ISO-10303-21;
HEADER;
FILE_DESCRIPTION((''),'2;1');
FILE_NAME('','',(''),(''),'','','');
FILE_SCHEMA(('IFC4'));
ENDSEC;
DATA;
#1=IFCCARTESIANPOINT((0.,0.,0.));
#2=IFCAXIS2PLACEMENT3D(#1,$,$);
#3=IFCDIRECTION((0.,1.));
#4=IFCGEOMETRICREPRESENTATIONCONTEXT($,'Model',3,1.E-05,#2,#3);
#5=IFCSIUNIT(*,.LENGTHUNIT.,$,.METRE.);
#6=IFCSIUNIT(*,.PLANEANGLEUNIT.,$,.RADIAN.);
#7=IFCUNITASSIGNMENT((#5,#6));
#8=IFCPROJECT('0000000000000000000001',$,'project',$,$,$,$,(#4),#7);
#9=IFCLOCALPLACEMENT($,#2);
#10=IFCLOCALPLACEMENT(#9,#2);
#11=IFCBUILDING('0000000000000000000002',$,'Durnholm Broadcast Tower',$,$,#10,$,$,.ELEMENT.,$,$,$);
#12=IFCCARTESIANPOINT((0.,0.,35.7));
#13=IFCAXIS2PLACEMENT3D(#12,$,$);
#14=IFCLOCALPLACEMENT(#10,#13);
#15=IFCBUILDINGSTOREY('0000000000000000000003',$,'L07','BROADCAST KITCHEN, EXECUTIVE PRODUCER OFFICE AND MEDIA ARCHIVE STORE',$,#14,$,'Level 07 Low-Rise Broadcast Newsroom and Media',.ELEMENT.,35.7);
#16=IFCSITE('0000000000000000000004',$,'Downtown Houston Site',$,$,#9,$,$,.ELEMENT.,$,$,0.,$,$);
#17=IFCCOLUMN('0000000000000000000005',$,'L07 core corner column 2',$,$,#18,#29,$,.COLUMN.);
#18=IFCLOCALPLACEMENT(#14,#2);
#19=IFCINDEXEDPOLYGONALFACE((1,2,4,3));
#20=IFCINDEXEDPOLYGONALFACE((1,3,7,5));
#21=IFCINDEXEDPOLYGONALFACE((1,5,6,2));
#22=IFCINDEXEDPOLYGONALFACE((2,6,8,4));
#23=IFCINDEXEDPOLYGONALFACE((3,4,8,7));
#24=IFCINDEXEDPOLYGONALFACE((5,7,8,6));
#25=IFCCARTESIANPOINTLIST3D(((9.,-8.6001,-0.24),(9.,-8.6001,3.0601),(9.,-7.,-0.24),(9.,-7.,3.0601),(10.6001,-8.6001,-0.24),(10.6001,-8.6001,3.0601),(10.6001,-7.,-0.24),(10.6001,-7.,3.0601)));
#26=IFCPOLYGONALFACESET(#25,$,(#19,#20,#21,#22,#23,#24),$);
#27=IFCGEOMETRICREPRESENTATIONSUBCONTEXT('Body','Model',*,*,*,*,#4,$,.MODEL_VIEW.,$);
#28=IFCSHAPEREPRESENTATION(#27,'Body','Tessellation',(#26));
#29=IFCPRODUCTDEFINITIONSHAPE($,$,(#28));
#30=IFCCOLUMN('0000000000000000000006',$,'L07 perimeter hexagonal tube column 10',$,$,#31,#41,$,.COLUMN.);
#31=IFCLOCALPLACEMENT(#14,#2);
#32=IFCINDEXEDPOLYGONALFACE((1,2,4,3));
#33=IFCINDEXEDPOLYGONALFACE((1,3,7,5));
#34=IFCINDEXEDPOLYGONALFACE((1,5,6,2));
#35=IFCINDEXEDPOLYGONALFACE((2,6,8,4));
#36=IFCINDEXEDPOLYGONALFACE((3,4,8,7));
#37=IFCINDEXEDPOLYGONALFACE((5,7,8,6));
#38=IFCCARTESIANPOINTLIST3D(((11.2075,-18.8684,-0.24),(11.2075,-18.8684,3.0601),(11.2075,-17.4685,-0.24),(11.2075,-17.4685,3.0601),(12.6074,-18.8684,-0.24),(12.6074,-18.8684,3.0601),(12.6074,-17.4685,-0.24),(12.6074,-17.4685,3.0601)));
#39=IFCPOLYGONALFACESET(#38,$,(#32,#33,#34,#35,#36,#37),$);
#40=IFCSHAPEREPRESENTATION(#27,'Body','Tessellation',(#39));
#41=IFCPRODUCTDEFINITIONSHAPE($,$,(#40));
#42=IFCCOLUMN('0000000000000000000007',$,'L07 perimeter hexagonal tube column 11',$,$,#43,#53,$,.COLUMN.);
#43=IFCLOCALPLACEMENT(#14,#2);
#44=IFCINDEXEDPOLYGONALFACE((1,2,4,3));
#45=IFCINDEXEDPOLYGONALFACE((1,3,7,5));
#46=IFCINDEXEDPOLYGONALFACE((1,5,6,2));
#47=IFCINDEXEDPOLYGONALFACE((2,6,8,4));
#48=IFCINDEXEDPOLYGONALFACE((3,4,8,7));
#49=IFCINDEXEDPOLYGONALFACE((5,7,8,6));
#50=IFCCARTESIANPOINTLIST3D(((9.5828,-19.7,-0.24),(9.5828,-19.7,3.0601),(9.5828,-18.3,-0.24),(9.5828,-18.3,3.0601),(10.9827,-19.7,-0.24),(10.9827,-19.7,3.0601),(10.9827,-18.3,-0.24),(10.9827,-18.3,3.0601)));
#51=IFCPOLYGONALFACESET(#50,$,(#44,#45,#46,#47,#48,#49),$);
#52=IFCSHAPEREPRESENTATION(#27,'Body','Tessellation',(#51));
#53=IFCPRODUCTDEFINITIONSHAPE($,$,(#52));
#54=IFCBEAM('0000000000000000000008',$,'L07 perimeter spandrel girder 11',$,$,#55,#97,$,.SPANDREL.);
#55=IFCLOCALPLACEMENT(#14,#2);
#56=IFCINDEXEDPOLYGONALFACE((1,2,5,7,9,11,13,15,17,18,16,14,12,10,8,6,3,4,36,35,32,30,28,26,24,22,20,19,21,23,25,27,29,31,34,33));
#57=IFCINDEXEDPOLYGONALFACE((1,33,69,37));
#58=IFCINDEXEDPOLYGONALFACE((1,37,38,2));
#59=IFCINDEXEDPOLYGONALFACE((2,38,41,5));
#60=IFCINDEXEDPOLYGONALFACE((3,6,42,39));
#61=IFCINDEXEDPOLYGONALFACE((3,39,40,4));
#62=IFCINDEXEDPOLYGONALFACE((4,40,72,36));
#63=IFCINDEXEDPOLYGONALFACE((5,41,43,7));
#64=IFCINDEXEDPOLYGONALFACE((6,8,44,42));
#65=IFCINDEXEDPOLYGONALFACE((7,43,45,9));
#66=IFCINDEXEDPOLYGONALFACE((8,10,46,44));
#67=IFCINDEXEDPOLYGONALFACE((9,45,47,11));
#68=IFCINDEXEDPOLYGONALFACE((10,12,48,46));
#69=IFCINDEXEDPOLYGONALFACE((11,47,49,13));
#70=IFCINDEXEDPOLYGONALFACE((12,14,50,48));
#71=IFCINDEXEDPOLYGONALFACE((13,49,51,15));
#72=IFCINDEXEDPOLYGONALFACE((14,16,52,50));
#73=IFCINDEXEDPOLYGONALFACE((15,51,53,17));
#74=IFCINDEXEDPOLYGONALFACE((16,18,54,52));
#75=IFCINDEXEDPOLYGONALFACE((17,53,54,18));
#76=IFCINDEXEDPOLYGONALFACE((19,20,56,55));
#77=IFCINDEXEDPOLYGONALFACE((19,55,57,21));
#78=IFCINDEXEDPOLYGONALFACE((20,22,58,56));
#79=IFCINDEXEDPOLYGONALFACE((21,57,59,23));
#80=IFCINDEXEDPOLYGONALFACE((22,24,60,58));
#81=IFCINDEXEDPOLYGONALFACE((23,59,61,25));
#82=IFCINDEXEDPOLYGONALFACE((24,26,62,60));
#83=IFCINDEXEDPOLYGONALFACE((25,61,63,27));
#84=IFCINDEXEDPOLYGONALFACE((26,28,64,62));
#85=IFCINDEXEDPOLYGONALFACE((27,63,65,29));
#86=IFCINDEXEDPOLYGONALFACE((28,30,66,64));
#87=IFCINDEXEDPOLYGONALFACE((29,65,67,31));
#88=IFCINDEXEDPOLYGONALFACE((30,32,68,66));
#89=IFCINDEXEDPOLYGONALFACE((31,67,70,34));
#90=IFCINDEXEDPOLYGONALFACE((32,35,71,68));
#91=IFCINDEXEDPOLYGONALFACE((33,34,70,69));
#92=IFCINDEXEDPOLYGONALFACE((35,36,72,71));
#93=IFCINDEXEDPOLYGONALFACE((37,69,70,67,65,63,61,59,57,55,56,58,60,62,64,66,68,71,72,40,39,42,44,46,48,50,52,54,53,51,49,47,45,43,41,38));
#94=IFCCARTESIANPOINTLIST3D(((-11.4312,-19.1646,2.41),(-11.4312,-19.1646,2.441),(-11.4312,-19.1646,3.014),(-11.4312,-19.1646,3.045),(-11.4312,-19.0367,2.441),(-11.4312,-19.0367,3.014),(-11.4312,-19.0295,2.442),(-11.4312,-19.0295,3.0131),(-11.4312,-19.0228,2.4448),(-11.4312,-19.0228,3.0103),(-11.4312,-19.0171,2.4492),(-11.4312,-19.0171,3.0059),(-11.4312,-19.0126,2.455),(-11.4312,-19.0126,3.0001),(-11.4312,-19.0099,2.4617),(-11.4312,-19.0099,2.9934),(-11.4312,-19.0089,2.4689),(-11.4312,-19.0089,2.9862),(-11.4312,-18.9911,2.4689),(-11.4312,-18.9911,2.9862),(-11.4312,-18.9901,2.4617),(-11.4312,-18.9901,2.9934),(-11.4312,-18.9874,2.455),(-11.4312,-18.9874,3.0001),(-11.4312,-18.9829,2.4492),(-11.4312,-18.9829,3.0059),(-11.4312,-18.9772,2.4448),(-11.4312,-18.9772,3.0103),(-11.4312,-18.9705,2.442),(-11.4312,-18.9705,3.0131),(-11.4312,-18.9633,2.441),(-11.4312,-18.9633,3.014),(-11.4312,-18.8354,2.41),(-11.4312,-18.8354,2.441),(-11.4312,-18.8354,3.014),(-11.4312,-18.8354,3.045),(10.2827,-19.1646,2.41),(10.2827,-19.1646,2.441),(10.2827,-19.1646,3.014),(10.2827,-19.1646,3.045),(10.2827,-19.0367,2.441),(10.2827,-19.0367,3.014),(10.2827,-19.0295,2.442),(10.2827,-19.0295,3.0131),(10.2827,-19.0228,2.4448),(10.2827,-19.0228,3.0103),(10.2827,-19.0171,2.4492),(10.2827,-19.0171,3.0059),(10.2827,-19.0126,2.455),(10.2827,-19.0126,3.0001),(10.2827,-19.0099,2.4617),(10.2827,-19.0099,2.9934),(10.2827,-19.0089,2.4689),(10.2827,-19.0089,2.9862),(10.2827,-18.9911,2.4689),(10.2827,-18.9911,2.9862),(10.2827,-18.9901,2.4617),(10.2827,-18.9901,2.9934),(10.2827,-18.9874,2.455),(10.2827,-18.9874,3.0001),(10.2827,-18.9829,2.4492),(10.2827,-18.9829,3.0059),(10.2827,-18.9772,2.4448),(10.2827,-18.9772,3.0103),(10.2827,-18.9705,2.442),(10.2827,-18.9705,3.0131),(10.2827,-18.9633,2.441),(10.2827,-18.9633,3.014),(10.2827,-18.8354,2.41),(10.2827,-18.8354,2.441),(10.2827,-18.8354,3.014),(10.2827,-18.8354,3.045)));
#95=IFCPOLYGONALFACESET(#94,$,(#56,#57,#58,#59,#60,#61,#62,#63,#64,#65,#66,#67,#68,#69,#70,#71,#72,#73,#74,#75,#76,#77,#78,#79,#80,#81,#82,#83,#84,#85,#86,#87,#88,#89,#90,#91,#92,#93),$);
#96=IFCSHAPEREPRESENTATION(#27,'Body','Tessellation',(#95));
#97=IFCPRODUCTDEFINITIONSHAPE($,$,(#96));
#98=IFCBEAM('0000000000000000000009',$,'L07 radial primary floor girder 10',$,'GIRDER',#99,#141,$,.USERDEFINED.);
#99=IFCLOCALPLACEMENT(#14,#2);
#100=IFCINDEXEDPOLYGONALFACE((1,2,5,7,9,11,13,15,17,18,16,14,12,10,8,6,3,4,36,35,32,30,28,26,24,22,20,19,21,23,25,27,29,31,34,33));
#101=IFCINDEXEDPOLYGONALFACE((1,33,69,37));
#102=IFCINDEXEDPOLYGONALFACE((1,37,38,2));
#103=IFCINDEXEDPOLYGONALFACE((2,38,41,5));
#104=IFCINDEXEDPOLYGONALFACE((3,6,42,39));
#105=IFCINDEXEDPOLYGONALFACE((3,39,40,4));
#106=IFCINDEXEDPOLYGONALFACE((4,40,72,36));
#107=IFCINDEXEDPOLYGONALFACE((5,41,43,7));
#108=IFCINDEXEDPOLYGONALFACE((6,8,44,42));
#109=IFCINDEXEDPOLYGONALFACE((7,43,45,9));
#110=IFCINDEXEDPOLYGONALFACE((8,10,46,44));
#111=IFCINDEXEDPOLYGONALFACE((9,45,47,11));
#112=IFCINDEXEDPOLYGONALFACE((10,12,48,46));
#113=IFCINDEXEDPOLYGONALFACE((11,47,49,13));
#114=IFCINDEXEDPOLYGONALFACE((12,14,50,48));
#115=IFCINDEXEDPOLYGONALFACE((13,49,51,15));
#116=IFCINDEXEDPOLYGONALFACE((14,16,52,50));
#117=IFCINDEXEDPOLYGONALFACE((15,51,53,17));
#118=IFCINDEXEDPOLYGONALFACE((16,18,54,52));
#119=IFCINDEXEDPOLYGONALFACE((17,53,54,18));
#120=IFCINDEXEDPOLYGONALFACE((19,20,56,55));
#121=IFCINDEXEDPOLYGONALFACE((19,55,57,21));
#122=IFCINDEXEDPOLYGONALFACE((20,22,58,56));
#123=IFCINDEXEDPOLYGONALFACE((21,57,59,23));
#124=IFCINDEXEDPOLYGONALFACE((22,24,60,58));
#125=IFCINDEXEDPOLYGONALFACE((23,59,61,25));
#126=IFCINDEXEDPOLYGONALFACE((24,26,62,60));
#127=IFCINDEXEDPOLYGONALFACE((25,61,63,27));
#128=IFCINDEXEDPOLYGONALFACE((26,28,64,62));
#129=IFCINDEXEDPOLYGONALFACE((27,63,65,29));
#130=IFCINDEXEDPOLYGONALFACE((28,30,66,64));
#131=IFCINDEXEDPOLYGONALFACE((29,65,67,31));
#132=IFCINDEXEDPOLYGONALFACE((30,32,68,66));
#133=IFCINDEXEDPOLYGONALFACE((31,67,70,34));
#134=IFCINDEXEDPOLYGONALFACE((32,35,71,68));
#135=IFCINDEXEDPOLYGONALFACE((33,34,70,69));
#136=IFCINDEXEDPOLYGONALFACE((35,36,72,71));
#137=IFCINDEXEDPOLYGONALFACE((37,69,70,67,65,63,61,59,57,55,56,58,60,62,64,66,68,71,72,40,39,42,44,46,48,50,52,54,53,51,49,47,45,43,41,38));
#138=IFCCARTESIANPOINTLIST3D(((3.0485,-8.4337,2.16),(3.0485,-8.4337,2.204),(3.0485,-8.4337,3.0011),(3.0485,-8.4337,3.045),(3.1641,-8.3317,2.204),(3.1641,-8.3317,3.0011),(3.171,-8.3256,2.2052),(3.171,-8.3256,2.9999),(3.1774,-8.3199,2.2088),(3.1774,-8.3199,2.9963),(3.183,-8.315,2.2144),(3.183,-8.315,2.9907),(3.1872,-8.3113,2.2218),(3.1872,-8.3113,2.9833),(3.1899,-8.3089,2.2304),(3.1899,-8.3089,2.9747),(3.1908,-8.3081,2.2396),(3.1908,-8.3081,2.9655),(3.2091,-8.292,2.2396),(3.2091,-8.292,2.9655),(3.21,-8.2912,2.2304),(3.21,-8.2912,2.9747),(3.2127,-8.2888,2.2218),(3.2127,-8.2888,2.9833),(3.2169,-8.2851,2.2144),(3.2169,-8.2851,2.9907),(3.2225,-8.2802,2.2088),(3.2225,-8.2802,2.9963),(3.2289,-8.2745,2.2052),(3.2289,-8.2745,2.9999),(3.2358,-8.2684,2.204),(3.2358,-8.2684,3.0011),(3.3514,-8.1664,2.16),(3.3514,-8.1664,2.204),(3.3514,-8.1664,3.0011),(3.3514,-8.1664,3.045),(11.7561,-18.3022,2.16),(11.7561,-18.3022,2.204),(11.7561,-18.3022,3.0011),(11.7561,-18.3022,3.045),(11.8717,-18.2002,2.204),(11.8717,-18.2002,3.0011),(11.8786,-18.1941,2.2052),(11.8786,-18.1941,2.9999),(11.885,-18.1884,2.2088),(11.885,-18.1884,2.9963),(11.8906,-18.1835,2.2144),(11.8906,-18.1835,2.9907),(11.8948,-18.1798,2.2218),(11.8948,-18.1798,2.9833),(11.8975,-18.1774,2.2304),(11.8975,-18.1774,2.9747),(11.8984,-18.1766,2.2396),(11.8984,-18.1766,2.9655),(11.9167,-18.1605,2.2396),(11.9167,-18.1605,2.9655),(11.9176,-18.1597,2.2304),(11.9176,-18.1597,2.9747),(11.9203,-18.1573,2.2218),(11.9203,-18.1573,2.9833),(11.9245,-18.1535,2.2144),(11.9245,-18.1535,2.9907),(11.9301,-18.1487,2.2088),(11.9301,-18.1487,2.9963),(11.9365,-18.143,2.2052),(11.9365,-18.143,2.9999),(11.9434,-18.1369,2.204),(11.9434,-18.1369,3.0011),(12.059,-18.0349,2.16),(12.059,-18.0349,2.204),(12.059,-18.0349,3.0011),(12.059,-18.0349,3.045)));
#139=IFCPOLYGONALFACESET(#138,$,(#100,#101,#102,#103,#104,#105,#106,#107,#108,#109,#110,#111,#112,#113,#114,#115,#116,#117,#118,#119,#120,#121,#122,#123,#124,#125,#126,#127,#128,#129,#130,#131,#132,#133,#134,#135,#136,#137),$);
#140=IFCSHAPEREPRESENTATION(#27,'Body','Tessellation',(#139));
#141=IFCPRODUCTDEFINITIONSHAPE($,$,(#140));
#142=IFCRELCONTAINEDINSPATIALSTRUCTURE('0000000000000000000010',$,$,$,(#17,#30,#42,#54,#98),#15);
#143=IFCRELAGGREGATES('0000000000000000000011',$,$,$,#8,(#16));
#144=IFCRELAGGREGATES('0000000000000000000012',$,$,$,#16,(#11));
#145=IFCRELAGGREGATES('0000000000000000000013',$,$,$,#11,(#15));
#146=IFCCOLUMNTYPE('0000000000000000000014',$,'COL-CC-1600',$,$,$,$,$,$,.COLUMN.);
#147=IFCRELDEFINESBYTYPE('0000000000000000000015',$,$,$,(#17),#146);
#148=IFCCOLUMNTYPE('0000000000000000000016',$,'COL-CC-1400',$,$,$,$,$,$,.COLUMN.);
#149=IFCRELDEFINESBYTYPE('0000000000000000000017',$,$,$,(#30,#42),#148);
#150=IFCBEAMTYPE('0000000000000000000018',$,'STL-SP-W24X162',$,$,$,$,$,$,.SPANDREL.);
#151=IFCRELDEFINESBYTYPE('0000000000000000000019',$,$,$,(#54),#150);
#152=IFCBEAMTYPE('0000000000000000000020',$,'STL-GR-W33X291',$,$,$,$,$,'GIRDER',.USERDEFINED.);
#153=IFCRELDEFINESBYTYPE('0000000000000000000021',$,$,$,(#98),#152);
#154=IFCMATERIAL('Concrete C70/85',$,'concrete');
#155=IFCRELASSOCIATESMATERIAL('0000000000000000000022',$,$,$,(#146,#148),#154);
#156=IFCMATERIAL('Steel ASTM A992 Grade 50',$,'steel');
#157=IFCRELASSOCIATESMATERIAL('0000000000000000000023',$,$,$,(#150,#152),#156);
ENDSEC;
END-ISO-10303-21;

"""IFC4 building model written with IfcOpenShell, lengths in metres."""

from ifc_helpers import new_model, si_unit, direction, frame, origin, origin_2d, place, context, subcontext, project, spatial, rectangle, i_section, extrude, source, transform, mapped, material, material_profile, profile_set, type_object, type_shapes, element, save


model = new_model("IFC4")

# Units and contexts
model_context = context("Model", 3, precision=1e-05, world=origin(), true_north=direction((0.0, 1.0)))
body_context = subcontext(model_context, "Body", "Model", "MODEL_VIEW")
ifc_project = project(units=[si_unit("LENGTHUNIT", "METRE"), si_unit("PLANEANGLEUNIT", "RADIAN")], contexts=[model_context])

# Site, building, storey
site_placement = place(None, origin())
site = spatial("IfcSite", under=ifc_project, at=site_placement, Name="Downtown Houston Site", CompositionType="ELEMENT", RefElevation=0.0)
building_placement = place(site_placement, origin())
building = spatial("IfcBuilding", under=site, at=building_placement, Name="Durnholm Broadcast Tower", CompositionType="ELEMENT")
storey_placement = place(building_placement, frame((0.0, 0.0, 35.7)))
storey = spatial("IfcBuildingStorey", under=building, at=storey_placement, Name="L07", Description="BROADCAST KITCHEN, EXECUTIVE PRODUCER OFFICE AND MEDIA ARCHIVE STORE", LongName="Level 07 Low-Rise Broadcast Newsroom and Media", CompositionType="ELEMENT", Elevation=35.7)

# Columns
ifc_material_1 = material(Name="Concrete C70/85", Category="concrete")
ifc_material_profile_1 = material_profile(ifc_material_1, rectangle(XDim=1.6001, YDim=1.6001, at=origin_2d()), Name="RC1600X1600")
ifc_profile_set_1 = profile_set([ifc_material_profile_1], Name="Concrete C70/85")
column_type_1 = type_object("IfcColumnType", Name="COL-CC-1600", PredefinedType="COLUMN", material=ifc_profile_set_1)
shared_shape_1 = source(origin(), body_context, "Body", "SweptSolid", [
    extrude(rectangle(XDim=1.6001, YDim=1.6001, at=origin_2d()), origin(), (0.0, 0.0, 1.0), 3.3),
])
type_shapes(column_type_1, [shared_shape_1])
column_placement = place(storey_placement, frame((9.8, -7.8, -0.24), z_axis=(0.0, 0.0, 1.0), x_axis=(1.0, 0.0, 0.0)))
element("IfcColumn", 1, at=column_placement, inside=storey, type_object=column_type_1, Name="L07 core corner column 2", PredefinedType="COLUMN", context=body_context, shape_type="MappedRepresentation", body=[
    mapped(shared_shape_1, transform((0.0, 0.0, 0.0), x_axis=(1.0, 0.0, 0.0), y_axis=(0.0, 1.0, 0.0), z_axis=(0.0, 0.0, 1.0), scale=1.0)),
])
ifc_material_profile_2 = material_profile(ifc_material_1, rectangle(XDim=1.3999, YDim=1.3999, at=origin_2d()), Name="RC1400X1400")
ifc_profile_set_2 = profile_set([ifc_material_profile_2], Name="Concrete C70/85")
column_type_2 = type_object("IfcColumnType", Name="COL-CC-1400", PredefinedType="COLUMN", material=ifc_profile_set_2)
shared_shape_2 = source(origin(), body_context, "Body", "SweptSolid", [
    extrude(rectangle(XDim=1.3999, YDim=1.3999, at=origin_2d()), origin(), (0.0, 0.0, 1.0), 3.3),
])
type_shapes(column_type_2, [shared_shape_2])
for number, where, z_axis, x_axis, name in (
    (2, (11.9075, -18.1685, -0.24), (0.0, 0.0, 1.0), (1.0, 0.0, 0.0), "L07 perimeter hexagonal tube column 10"),
    (3, (10.2827, -19.0, -0.24), (0.0, 0.0, 1.0), (1.0, 0.0, 0.0), "L07 perimeter hexagonal tube column 11"),
):
    element("IfcColumn", number, at=place(storey_placement, frame(where, z_axis=z_axis, x_axis=x_axis)), inside=storey, type_object=column_type_2, Name=name, PredefinedType="COLUMN", context=body_context, shape_type="MappedRepresentation", body=[
        mapped(shared_shape_2, transform((0.0, 0.0, 0.0), x_axis=(1.0, 0.0, 0.0), y_axis=(0.0, 1.0, 0.0), z_axis=(0.0, 0.0, 1.0), scale=1.0)),
    ])

# Beams
ifc_material_2 = material(Name="Steel ASTM A992 Grade 50", Category="steel")
ifc_material_profile_3 = material_profile(ifc_material_2, i_section(OverallWidth=0.3291, OverallDepth=0.635, WebThickness=0.0178, FlangeThickness=0.031, FilletRadius=0.0278, at=origin_2d()), Name="W24X162")
ifc_profile_set_3 = profile_set([ifc_material_profile_3], Name="Steel ASTM A992 Grade 50")
beam_type_1 = type_object("IfcBeamType", Name="STL-SP-W24X162", PredefinedType="SPANDREL", material=ifc_profile_set_3)
shared_shape_3 = source(origin(), body_context, "Body", "SweptSolid", [
    extrude(i_section(OverallWidth=0.3291, OverallDepth=0.635, WebThickness=0.0178, FlangeThickness=0.031, FilletRadius=0.0278, at=origin_2d()), origin(), (0.0, 0.0, 1.0), 21.7139),
])
type_shapes(beam_type_1, [shared_shape_3])
beam_1_placement = place(storey_placement, frame((10.2827, -19.0, 2.7275), z_axis=(-1.0, 0.0, 0.0), x_axis=(0.0, -1.0, 0.0)))
element("IfcBeam", 4, at=beam_1_placement, inside=storey, type_object=beam_type_1, Name="L07 perimeter spandrel girder 11", PredefinedType="SPANDREL", context=body_context, shape_type="MappedRepresentation", body=[
    mapped(shared_shape_3, transform((0.0, 0.0, 0.0), x_axis=(1.0, 0.0, 0.0), y_axis=(0.0, 1.0, 0.0), z_axis=(0.0, 0.0, 1.0), scale=1.0)),
])
ifc_material_profile_4 = material_profile(ifc_material_2, i_section(OverallWidth=0.4041, OverallDepth=0.885, WebThickness=0.0244, FlangeThickness=0.0439, FilletRadius=0.0356, at=origin_2d()), Name="W33X291")
ifc_profile_set_4 = profile_set([ifc_material_profile_4], Name="Steel ASTM A992 Grade 50")
beam_type_2 = type_object("IfcBeamType", Name="STL-GR-W33X291", ElementType="GIRDER", PredefinedType="USERDEFINED", material=ifc_profile_set_4)
shared_shape_4 = source(origin(), body_context, "Body", "SweptSolid", [
    extrude(i_section(OverallWidth=0.4041, OverallDepth=0.885, WebThickness=0.0244, FlangeThickness=0.0439, FilletRadius=0.0356, at=origin_2d()), origin(), (0.0, 0.0, 1.0), 13.1609),
])
beam_2_placement = place(storey_placement, frame((3.2, -8.3, 2.6025), z_axis=(0.661626, -0.749834, 0.0), x_axis=(0.749834, 0.661626, 0.0)))
element("IfcBeam", 5, at=beam_2_placement, inside=storey, type_object=beam_type_2, Name="L07 radial primary floor girder 10", ObjectType="GIRDER", PredefinedType="USERDEFINED", context=body_context, shape_type="MappedRepresentation", body=[
    mapped(shared_shape_4, transform((0.0, 0.0, 0.0), x_axis=(1.0, 0.0, 0.0), y_axis=(0.0, 1.0, 0.0), z_axis=(0.0, 0.0, 1.0), scale=1.0)),
])

save(model, "model.ifc")
